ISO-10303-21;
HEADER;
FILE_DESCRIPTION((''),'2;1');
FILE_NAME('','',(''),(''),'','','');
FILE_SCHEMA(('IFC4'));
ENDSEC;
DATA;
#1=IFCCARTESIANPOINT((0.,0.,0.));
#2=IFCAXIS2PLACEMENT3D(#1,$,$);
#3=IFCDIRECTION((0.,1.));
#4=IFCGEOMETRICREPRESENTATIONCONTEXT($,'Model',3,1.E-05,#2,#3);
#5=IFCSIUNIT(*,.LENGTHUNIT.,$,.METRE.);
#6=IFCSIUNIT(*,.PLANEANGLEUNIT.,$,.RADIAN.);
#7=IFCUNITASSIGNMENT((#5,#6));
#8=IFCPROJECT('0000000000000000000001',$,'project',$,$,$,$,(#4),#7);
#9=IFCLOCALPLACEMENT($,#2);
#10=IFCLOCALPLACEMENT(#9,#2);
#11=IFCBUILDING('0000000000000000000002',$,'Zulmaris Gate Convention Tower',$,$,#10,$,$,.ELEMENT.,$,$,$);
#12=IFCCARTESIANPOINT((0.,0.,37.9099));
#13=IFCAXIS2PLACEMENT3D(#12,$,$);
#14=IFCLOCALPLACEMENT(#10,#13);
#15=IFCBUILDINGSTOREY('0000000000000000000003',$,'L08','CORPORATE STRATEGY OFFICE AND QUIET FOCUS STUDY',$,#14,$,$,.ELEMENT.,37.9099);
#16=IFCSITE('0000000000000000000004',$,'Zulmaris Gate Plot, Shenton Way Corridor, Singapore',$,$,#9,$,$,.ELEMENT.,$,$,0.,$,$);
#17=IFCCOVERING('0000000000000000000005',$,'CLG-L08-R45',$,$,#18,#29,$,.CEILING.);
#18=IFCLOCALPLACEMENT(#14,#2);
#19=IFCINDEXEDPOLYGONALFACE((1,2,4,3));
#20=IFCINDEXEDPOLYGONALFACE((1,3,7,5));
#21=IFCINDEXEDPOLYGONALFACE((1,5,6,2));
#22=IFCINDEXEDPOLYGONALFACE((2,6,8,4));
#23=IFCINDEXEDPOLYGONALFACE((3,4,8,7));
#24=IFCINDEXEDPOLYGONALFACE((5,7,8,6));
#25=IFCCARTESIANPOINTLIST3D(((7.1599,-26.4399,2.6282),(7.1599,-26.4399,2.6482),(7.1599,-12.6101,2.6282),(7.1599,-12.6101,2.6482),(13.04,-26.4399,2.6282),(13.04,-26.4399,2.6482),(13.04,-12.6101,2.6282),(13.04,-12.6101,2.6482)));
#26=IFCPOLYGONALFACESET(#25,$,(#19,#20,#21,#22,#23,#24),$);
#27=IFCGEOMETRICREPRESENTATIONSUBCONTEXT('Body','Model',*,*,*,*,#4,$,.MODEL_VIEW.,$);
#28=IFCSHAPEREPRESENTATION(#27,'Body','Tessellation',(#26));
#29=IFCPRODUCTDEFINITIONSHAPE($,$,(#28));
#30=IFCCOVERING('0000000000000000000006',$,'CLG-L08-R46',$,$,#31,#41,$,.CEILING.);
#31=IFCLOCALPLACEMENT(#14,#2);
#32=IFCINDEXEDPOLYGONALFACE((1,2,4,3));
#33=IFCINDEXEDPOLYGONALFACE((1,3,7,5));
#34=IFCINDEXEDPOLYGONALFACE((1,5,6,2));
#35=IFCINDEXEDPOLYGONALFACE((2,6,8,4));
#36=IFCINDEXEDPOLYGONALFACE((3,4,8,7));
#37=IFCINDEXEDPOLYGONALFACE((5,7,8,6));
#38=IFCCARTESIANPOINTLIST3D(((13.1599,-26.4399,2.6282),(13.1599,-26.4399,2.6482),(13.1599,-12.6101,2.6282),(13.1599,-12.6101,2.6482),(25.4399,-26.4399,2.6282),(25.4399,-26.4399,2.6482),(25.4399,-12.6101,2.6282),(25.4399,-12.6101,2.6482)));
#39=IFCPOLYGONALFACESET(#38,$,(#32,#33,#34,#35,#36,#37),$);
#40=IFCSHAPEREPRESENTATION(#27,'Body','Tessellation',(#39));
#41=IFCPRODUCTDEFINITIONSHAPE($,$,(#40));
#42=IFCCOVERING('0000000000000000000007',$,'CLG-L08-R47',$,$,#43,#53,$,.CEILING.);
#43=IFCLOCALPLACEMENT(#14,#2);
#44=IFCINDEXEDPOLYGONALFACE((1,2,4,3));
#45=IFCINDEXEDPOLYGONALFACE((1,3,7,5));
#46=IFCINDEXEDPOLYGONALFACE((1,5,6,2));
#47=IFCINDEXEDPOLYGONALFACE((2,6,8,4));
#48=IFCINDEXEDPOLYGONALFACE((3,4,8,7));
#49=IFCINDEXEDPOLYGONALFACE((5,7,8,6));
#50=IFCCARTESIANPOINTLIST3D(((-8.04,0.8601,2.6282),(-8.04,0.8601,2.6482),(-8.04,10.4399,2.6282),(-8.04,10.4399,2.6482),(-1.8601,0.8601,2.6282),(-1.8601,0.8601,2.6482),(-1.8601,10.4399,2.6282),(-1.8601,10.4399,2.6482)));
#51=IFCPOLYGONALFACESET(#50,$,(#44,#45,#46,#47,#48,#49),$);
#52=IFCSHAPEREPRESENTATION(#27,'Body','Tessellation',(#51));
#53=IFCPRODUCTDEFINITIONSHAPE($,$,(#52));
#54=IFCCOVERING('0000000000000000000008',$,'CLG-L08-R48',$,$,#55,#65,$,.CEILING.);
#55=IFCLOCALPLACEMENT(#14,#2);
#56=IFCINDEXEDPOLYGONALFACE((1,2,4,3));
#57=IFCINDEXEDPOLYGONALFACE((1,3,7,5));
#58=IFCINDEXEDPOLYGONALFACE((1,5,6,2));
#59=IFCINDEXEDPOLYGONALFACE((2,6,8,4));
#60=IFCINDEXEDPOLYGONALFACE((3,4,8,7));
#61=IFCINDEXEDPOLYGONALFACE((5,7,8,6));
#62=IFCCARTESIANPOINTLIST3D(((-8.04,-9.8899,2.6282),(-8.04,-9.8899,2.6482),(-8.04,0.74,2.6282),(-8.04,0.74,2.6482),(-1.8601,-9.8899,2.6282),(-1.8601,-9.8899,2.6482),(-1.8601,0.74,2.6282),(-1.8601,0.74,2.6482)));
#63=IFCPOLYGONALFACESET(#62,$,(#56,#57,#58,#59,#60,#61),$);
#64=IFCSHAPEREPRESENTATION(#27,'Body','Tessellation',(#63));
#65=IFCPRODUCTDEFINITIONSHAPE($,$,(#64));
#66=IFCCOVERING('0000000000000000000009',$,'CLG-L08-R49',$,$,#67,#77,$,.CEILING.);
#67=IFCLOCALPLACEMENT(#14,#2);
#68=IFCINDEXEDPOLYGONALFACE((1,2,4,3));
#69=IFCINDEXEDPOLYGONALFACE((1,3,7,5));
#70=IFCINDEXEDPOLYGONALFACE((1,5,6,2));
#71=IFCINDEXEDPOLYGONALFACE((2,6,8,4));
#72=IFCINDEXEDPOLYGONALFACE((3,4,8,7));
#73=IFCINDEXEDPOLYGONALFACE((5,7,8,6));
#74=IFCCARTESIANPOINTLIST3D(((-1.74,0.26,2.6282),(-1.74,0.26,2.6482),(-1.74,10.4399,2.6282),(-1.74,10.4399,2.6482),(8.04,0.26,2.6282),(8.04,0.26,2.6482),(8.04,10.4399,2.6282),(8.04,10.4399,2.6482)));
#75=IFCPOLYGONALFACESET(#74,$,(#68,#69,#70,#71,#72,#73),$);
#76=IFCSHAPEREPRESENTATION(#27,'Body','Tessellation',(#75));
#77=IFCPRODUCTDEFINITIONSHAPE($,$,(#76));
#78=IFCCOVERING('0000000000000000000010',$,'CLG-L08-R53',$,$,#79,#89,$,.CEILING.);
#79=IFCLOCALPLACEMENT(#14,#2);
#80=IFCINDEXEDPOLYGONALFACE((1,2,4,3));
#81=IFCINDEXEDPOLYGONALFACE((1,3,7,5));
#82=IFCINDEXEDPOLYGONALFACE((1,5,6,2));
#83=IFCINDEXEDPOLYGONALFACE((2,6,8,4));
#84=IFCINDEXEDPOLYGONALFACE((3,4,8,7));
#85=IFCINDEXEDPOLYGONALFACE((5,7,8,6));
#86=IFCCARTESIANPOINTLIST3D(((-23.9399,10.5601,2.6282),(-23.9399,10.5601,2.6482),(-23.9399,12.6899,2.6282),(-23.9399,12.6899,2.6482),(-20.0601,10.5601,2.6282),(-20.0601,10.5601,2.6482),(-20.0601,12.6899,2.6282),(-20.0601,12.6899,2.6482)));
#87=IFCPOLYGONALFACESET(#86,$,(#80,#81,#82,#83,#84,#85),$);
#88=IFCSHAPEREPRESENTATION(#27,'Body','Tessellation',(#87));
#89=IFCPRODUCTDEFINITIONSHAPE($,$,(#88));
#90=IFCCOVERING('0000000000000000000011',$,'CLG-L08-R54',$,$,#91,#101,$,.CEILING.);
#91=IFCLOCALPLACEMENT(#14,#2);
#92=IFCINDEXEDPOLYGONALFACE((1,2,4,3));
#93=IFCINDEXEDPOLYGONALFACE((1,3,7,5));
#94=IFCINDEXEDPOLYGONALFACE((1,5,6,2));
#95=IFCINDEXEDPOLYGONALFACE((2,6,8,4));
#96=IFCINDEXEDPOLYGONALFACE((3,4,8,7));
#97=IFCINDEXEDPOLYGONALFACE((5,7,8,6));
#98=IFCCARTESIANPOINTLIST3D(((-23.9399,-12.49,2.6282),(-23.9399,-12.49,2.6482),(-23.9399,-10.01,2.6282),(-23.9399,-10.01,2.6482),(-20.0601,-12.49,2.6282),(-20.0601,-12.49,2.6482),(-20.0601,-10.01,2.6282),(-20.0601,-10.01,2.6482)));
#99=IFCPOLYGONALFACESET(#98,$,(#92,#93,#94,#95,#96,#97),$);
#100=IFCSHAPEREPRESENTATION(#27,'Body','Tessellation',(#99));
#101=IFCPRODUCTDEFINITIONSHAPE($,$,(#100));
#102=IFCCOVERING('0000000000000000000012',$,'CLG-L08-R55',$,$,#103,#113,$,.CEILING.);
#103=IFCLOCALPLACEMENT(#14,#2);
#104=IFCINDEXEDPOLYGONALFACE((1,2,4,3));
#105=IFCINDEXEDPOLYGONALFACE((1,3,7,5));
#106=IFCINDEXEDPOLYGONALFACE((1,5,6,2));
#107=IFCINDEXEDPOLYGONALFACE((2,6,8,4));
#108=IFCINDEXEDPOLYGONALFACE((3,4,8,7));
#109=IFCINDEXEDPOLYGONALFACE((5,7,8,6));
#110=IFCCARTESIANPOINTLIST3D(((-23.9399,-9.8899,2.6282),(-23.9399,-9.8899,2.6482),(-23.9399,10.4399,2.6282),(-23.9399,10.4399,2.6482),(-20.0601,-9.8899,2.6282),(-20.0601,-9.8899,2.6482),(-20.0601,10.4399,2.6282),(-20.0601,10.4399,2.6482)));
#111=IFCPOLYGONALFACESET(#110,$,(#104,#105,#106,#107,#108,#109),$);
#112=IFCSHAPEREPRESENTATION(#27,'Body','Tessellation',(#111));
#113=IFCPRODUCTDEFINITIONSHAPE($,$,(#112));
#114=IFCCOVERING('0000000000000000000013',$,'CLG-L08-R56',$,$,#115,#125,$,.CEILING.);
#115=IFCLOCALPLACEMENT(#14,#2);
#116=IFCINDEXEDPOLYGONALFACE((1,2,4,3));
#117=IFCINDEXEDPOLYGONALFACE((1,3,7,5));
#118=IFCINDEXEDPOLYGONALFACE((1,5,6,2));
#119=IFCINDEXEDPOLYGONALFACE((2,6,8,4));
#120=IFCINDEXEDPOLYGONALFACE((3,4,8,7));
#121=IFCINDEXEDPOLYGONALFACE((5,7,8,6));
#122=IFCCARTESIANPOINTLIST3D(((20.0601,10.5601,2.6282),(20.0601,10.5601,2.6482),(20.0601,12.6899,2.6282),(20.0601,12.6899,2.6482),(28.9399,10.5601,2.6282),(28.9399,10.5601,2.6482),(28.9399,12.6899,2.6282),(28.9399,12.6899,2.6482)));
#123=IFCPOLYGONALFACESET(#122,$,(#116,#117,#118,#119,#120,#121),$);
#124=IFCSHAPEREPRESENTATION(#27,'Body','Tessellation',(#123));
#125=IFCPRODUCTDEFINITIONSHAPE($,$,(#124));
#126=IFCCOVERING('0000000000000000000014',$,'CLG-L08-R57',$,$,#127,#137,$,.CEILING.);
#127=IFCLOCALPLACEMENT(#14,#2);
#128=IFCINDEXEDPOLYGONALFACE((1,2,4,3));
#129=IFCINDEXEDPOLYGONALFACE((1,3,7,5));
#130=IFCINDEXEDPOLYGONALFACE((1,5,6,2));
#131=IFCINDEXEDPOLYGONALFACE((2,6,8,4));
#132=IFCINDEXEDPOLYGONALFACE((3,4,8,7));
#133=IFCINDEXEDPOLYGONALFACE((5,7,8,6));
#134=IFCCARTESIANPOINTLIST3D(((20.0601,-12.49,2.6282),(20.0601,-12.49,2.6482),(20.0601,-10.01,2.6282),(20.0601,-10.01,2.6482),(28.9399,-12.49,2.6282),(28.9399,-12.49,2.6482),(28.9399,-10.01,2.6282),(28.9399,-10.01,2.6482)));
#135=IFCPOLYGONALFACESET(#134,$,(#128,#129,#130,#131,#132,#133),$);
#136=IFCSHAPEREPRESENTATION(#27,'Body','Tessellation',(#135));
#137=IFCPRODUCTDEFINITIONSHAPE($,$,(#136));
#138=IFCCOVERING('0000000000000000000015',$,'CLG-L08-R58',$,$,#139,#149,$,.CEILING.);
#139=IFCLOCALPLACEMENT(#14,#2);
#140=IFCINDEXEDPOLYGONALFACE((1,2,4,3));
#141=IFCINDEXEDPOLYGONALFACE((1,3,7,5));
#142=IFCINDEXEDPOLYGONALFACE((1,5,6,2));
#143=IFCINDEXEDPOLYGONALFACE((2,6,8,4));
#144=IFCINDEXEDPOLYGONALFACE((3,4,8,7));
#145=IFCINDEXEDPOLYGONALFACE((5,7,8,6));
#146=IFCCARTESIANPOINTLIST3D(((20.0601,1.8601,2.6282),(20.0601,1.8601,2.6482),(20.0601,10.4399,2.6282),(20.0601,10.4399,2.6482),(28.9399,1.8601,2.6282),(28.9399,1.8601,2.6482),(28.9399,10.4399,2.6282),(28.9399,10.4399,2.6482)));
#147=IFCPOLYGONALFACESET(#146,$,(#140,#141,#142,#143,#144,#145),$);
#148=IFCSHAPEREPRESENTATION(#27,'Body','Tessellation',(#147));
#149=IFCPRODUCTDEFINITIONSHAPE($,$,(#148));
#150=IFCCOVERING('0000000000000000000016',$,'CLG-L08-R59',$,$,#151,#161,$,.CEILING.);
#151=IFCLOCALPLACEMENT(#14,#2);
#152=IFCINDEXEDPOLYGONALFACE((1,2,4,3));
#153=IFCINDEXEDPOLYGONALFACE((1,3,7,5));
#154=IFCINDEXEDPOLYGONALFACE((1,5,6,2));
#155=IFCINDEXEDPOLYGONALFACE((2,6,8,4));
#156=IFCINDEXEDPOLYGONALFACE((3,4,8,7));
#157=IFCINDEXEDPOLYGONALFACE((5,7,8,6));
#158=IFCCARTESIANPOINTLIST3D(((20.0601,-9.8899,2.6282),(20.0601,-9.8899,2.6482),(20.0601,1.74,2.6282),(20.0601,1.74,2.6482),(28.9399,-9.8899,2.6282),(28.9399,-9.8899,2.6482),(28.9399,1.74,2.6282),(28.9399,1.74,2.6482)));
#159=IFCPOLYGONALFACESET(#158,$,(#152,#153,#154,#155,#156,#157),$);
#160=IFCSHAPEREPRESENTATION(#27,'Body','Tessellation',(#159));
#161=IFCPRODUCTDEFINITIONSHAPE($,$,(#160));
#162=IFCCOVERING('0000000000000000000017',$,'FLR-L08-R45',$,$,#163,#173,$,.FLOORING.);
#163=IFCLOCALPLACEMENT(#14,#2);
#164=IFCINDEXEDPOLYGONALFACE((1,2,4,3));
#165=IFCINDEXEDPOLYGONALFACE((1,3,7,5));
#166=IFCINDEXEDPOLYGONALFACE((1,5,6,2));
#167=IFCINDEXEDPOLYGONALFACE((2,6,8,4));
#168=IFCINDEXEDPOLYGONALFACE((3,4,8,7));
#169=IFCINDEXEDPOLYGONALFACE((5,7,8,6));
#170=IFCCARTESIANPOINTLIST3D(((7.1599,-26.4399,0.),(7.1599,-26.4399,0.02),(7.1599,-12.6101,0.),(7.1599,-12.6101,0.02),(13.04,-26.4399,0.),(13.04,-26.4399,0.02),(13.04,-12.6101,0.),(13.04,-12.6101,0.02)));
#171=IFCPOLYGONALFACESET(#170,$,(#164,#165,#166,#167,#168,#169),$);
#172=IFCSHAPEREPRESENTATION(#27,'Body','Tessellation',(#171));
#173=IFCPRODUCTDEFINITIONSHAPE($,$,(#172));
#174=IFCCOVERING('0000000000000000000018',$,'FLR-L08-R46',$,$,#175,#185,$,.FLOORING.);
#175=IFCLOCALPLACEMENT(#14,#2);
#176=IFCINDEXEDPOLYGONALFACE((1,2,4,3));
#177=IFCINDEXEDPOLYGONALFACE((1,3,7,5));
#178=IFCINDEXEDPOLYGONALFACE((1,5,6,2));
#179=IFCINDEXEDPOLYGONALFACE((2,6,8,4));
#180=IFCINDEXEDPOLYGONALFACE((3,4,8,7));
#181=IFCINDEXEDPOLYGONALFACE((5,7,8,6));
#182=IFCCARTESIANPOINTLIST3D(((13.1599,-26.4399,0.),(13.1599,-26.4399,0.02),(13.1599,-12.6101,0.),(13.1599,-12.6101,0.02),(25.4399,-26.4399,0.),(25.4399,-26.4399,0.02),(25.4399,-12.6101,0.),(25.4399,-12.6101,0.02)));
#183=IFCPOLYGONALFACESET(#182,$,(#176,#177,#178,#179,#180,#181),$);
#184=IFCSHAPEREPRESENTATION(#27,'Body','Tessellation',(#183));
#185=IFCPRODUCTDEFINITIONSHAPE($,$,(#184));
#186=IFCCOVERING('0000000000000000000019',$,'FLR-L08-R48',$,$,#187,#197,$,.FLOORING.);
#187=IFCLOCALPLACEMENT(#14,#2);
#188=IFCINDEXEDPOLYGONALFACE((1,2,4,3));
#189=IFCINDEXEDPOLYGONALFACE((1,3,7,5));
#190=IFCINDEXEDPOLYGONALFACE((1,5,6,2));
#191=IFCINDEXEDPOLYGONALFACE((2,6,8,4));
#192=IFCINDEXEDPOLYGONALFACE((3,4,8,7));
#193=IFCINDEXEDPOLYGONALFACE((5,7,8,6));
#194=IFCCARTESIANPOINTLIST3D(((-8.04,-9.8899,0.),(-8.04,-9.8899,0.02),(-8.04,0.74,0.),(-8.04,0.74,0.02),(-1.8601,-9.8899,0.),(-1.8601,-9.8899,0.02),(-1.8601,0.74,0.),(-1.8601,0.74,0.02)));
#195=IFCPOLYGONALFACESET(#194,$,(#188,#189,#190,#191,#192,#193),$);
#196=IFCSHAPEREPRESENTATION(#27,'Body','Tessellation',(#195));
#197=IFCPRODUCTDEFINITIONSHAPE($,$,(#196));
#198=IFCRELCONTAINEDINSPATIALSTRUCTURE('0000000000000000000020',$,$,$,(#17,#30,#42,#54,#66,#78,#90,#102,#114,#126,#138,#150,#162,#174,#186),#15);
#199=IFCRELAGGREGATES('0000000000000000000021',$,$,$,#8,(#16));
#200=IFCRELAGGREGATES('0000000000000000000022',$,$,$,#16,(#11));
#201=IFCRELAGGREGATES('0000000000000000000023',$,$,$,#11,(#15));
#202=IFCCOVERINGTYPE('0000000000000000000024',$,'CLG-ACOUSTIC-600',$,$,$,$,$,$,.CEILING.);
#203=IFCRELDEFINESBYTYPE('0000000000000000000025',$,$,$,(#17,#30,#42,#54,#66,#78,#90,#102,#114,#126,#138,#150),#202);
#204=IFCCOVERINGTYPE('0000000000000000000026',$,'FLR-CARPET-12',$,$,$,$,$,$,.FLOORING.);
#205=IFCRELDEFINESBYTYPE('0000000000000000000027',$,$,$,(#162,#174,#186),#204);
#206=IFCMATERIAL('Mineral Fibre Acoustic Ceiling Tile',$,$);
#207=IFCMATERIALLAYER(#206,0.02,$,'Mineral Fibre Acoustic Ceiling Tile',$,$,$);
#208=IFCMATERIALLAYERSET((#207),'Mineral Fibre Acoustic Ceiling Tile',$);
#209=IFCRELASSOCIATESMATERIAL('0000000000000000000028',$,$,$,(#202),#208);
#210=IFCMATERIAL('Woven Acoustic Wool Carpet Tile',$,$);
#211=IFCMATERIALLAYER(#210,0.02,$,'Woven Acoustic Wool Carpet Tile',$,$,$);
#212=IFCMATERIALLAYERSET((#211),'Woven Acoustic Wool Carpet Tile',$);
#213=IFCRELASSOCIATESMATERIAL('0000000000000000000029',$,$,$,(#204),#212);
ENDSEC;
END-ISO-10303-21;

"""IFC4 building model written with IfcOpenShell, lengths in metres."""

from ifc_helpers import new_model, si_unit, direction, frame, origin, place, context, subcontext, project, spatial, polyline, outline, extrude, material, layer, layer_set, type_object, element, save


model = new_model("IFC4")

# Units and contexts
model_context = context("Model", 3, precision=1e-05, world=origin(), true_north=direction((0.0, 1.0)))
body_context = subcontext(model_context, "Body", "Model", "MODEL_VIEW")
ifc_project = project(units=[si_unit("LENGTHUNIT", "METRE"), si_unit("PLANEANGLEUNIT", "RADIAN")], contexts=[model_context])

# Site, building, storey
site_placement = place(None, origin())
site = spatial("IfcSite", under=ifc_project, at=site_placement, Name="Zulmaris Gate Plot, Shenton Way Corridor, Singapore", CompositionType="ELEMENT", RefElevation=0.0)
building_placement = place(site_placement, origin())
building = spatial("IfcBuilding", under=site, at=building_placement, Name="Zulmaris Gate Convention Tower", CompositionType="ELEMENT")
storey_placement = place(building_placement, frame((0.0, 0.0, 37.9099)))
storey = spatial("IfcBuildingStorey", under=building, at=storey_placement, Name="L08", Description="CORPORATE STRATEGY OFFICE AND QUIET FOCUS STUDY", CompositionType="ELEMENT", Elevation=37.9099)

# Coverings
ifc_material_1 = material(Name="Mineral Fibre Acoustic Ceiling Tile")
ifc_layer_1 = layer(ifc_material_1, 0.02, Name="Mineral Fibre Acoustic Ceiling Tile")
ifc_layer_set_1 = layer_set([ifc_layer_1], Name="Mineral Fibre Acoustic Ceiling Tile")
covering_type_1 = type_object("IfcCoveringType", Name="CLG-ACOUSTIC-600", PredefinedType="CEILING", material=ifc_layer_set_1)
covering_1_placement = place(storey_placement, frame((0.0, 0.0, 2.6282)))
element("IfcCovering", 1, at=covering_1_placement, inside=storey, type_object=covering_type_1, Name="CLG-L08-R45", PredefinedType="CEILING", context=body_context, shape_type="SweptSolid", body=[
    extrude(outline(polyline([(7.1599, -26.4399), (13.04, -26.4399), (13.04, -12.6101), (7.1599, -12.6101), (7.1599, -26.4399)])), origin(), (0.0, 0.0, 1.0), 0.02),
])
covering_2_placement = place(storey_placement, frame((0.0, 0.0, 2.6282)))
element("IfcCovering", 2, at=covering_2_placement, inside=storey, type_object=covering_type_1, Name="CLG-L08-R46", PredefinedType="CEILING", context=body_context, shape_type="SweptSolid", body=[
    extrude(outline(polyline([(13.1599, -26.4399), (25.4399, -26.4399), (25.4399, -12.6101), (13.1599, -12.6101), (13.1599, -26.4399)])), origin(), (0.0, 0.0, 1.0), 0.02),
])
covering_3_placement = place(storey_placement, frame((0.0, 0.0, 2.6282)))
element("IfcCovering", 3, at=covering_3_placement, inside=storey, type_object=covering_type_1, Name="CLG-L08-R47", PredefinedType="CEILING", context=body_context, shape_type="SweptSolid", body=[
    extrude(outline(polyline([(-8.04, 0.8601), (-1.8601, 0.8601), (-1.8601, 10.4399), (-8.04, 10.4399), (-8.04, 0.8601)])), origin(), (0.0, 0.0, 1.0), 0.02),
])
covering_4_placement = place(storey_placement, frame((0.0, 0.0, 2.6282)))
element("IfcCovering", 4, at=covering_4_placement, inside=storey, type_object=covering_type_1, Name="CLG-L08-R48", PredefinedType="CEILING", context=body_context, shape_type="SweptSolid", body=[
    extrude(outline(polyline([(-8.04, -9.8899), (-1.8601, -9.8899), (-1.8601, 0.74), (-8.04, 0.74), (-8.04, -9.8899)])), origin(), (0.0, 0.0, 1.0), 0.02),
])
covering_5_placement = place(storey_placement, frame((0.0, 0.0, 2.6282)))
element("IfcCovering", 5, at=covering_5_placement, inside=storey, type_object=covering_type_1, Name="CLG-L08-R49", PredefinedType="CEILING", context=body_context, shape_type="SweptSolid", body=[
    extrude(outline(polyline([(-1.74, 0.26), (8.04, 0.26), (8.04, 10.4399), (-1.74, 10.4399), (-1.74, 0.26)])), origin(), (0.0, 0.0, 1.0), 0.02),
])
covering_6_placement = place(storey_placement, frame((0.0, 0.0, 2.6282)))
element("IfcCovering", 6, at=covering_6_placement, inside=storey, type_object=covering_type_1, Name="CLG-L08-R53", PredefinedType="CEILING", context=body_context, shape_type="SweptSolid", body=[
    extrude(outline(polyline([(-23.9399, 10.5601), (-20.0601, 10.5601), (-20.0601, 12.6899), (-23.9399, 12.6899), (-23.9399, 10.5601)])), origin(), (0.0, 0.0, 1.0), 0.02),
])
covering_7_placement = place(storey_placement, frame((0.0, 0.0, 2.6282)))
element("IfcCovering", 7, at=covering_7_placement, inside=storey, type_object=covering_type_1, Name="CLG-L08-R54", PredefinedType="CEILING", context=body_context, shape_type="SweptSolid", body=[
    extrude(outline(polyline([(-23.9399, -12.49), (-20.0601, -12.49), (-20.0601, -10.01), (-23.9399, -10.01), (-23.9399, -12.49)])), origin(), (0.0, 0.0, 1.0), 0.02),
])
covering_8_placement = place(storey_placement, frame((0.0, 0.0, 2.6282)))
element("IfcCovering", 8, at=covering_8_placement, inside=storey, type_object=covering_type_1, Name="CLG-L08-R55", PredefinedType="CEILING", context=body_context, shape_type="SweptSolid", body=[
    extrude(outline(polyline([(-23.9399, -9.8899), (-20.0601, -9.8899), (-20.0601, 10.4399), (-23.9399, 10.4399), (-23.9399, -9.8899)])), origin(), (0.0, 0.0, 1.0), 0.02),
])
covering_9_placement = place(storey_placement, frame((0.0, 0.0, 2.6282)))
element("IfcCovering", 9, at=covering_9_placement, inside=storey, type_object=covering_type_1, Name="CLG-L08-R56", PredefinedType="CEILING", context=body_context, shape_type="SweptSolid", body=[
    extrude(outline(polyline([(20.0601, 10.5601), (28.9399, 10.5601), (28.9399, 12.6899), (20.0601, 12.6899), (20.0601, 10.5601)])), origin(), (0.0, 0.0, 1.0), 0.02),
])
covering_10_placement = place(storey_placement, frame((0.0, 0.0, 2.6282)))
element("IfcCovering", 10, at=covering_10_placement, inside=storey, type_object=covering_type_1, Name="CLG-L08-R57", PredefinedType="CEILING", context=body_context, shape_type="SweptSolid", body=[
    extrude(outline(polyline([(20.0601, -12.49), (28.9399, -12.49), (28.9399, -10.01), (20.0601, -10.01), (20.0601, -12.49)])), origin(), (0.0, 0.0, 1.0), 0.02),
])
covering_11_placement = place(storey_placement, frame((0.0, 0.0, 2.6282)))
element("IfcCovering", 11, at=covering_11_placement, inside=storey, type_object=covering_type_1, Name="CLG-L08-R58", PredefinedType="CEILING", context=body_context, shape_type="SweptSolid", body=[
    extrude(outline(polyline([(20.0601, 1.8601), (28.9399, 1.8601), (28.9399, 10.4399), (20.0601, 10.4399), (20.0601, 1.8601)])), origin(), (0.0, 0.0, 1.0), 0.02),
])
covering_12_placement = place(storey_placement, frame((0.0, 0.0, 2.6282)))
element("IfcCovering", 12, at=covering_12_placement, inside=storey, type_object=covering_type_1, Name="CLG-L08-R59", PredefinedType="CEILING", context=body_context, shape_type="SweptSolid", body=[
    extrude(outline(polyline([(20.0601, -9.8899), (28.9399, -9.8899), (28.9399, 1.74), (20.0601, 1.74), (20.0601, -9.8899)])), origin(), (0.0, 0.0, 1.0), 0.02),
])
ifc_material_2 = material(Name="Woven Acoustic Wool Carpet Tile")
ifc_layer_2 = layer(ifc_material_2, 0.02, Name="Woven Acoustic Wool Carpet Tile")
ifc_layer_set_2 = layer_set([ifc_layer_2], Name="Woven Acoustic Wool Carpet Tile")
covering_type_2 = type_object("IfcCoveringType", Name="FLR-CARPET-12", PredefinedType="FLOORING", material=ifc_layer_set_2)
covering_13_placement = place(storey_placement, origin())
element("IfcCovering", 13, at=covering_13_placement, inside=storey, type_object=covering_type_2, Name="FLR-L08-R45", PredefinedType="FLOORING", context=body_context, shape_type="SweptSolid", body=[
    extrude(outline(polyline([(7.1599, -26.4399), (13.04, -26.4399), (13.04, -12.6101), (7.1599, -12.6101), (7.1599, -26.4399)])), origin(), (0.0, 0.0, 1.0), 0.02),
])
covering_14_placement = place(storey_placement, origin())
element("IfcCovering", 14, at=covering_14_placement, inside=storey, type_object=covering_type_2, Name="FLR-L08-R46", PredefinedType="FLOORING", context=body_context, shape_type="SweptSolid", body=[
    extrude(outline(polyline([(13.1599, -26.4399), (25.4399, -26.4399), (25.4399, -12.6101), (13.1599, -12.6101), (13.1599, -26.4399)])), origin(), (0.0, 0.0, 1.0), 0.02),
])
covering_15_placement = place(storey_placement, origin())
element("IfcCovering", 15, at=covering_15_placement, inside=storey, type_object=covering_type_2, Name="FLR-L08-R48", PredefinedType="FLOORING", context=body_context, shape_type="SweptSolid", body=[
    extrude(outline(polyline([(-8.04, -9.8899), (-1.8601, -9.8899), (-1.8601, 0.74), (-8.04, 0.74), (-8.04, -9.8899)])), origin(), (0.0, 0.0, 1.0), 0.02),
])

save(model, "model.ifc")
